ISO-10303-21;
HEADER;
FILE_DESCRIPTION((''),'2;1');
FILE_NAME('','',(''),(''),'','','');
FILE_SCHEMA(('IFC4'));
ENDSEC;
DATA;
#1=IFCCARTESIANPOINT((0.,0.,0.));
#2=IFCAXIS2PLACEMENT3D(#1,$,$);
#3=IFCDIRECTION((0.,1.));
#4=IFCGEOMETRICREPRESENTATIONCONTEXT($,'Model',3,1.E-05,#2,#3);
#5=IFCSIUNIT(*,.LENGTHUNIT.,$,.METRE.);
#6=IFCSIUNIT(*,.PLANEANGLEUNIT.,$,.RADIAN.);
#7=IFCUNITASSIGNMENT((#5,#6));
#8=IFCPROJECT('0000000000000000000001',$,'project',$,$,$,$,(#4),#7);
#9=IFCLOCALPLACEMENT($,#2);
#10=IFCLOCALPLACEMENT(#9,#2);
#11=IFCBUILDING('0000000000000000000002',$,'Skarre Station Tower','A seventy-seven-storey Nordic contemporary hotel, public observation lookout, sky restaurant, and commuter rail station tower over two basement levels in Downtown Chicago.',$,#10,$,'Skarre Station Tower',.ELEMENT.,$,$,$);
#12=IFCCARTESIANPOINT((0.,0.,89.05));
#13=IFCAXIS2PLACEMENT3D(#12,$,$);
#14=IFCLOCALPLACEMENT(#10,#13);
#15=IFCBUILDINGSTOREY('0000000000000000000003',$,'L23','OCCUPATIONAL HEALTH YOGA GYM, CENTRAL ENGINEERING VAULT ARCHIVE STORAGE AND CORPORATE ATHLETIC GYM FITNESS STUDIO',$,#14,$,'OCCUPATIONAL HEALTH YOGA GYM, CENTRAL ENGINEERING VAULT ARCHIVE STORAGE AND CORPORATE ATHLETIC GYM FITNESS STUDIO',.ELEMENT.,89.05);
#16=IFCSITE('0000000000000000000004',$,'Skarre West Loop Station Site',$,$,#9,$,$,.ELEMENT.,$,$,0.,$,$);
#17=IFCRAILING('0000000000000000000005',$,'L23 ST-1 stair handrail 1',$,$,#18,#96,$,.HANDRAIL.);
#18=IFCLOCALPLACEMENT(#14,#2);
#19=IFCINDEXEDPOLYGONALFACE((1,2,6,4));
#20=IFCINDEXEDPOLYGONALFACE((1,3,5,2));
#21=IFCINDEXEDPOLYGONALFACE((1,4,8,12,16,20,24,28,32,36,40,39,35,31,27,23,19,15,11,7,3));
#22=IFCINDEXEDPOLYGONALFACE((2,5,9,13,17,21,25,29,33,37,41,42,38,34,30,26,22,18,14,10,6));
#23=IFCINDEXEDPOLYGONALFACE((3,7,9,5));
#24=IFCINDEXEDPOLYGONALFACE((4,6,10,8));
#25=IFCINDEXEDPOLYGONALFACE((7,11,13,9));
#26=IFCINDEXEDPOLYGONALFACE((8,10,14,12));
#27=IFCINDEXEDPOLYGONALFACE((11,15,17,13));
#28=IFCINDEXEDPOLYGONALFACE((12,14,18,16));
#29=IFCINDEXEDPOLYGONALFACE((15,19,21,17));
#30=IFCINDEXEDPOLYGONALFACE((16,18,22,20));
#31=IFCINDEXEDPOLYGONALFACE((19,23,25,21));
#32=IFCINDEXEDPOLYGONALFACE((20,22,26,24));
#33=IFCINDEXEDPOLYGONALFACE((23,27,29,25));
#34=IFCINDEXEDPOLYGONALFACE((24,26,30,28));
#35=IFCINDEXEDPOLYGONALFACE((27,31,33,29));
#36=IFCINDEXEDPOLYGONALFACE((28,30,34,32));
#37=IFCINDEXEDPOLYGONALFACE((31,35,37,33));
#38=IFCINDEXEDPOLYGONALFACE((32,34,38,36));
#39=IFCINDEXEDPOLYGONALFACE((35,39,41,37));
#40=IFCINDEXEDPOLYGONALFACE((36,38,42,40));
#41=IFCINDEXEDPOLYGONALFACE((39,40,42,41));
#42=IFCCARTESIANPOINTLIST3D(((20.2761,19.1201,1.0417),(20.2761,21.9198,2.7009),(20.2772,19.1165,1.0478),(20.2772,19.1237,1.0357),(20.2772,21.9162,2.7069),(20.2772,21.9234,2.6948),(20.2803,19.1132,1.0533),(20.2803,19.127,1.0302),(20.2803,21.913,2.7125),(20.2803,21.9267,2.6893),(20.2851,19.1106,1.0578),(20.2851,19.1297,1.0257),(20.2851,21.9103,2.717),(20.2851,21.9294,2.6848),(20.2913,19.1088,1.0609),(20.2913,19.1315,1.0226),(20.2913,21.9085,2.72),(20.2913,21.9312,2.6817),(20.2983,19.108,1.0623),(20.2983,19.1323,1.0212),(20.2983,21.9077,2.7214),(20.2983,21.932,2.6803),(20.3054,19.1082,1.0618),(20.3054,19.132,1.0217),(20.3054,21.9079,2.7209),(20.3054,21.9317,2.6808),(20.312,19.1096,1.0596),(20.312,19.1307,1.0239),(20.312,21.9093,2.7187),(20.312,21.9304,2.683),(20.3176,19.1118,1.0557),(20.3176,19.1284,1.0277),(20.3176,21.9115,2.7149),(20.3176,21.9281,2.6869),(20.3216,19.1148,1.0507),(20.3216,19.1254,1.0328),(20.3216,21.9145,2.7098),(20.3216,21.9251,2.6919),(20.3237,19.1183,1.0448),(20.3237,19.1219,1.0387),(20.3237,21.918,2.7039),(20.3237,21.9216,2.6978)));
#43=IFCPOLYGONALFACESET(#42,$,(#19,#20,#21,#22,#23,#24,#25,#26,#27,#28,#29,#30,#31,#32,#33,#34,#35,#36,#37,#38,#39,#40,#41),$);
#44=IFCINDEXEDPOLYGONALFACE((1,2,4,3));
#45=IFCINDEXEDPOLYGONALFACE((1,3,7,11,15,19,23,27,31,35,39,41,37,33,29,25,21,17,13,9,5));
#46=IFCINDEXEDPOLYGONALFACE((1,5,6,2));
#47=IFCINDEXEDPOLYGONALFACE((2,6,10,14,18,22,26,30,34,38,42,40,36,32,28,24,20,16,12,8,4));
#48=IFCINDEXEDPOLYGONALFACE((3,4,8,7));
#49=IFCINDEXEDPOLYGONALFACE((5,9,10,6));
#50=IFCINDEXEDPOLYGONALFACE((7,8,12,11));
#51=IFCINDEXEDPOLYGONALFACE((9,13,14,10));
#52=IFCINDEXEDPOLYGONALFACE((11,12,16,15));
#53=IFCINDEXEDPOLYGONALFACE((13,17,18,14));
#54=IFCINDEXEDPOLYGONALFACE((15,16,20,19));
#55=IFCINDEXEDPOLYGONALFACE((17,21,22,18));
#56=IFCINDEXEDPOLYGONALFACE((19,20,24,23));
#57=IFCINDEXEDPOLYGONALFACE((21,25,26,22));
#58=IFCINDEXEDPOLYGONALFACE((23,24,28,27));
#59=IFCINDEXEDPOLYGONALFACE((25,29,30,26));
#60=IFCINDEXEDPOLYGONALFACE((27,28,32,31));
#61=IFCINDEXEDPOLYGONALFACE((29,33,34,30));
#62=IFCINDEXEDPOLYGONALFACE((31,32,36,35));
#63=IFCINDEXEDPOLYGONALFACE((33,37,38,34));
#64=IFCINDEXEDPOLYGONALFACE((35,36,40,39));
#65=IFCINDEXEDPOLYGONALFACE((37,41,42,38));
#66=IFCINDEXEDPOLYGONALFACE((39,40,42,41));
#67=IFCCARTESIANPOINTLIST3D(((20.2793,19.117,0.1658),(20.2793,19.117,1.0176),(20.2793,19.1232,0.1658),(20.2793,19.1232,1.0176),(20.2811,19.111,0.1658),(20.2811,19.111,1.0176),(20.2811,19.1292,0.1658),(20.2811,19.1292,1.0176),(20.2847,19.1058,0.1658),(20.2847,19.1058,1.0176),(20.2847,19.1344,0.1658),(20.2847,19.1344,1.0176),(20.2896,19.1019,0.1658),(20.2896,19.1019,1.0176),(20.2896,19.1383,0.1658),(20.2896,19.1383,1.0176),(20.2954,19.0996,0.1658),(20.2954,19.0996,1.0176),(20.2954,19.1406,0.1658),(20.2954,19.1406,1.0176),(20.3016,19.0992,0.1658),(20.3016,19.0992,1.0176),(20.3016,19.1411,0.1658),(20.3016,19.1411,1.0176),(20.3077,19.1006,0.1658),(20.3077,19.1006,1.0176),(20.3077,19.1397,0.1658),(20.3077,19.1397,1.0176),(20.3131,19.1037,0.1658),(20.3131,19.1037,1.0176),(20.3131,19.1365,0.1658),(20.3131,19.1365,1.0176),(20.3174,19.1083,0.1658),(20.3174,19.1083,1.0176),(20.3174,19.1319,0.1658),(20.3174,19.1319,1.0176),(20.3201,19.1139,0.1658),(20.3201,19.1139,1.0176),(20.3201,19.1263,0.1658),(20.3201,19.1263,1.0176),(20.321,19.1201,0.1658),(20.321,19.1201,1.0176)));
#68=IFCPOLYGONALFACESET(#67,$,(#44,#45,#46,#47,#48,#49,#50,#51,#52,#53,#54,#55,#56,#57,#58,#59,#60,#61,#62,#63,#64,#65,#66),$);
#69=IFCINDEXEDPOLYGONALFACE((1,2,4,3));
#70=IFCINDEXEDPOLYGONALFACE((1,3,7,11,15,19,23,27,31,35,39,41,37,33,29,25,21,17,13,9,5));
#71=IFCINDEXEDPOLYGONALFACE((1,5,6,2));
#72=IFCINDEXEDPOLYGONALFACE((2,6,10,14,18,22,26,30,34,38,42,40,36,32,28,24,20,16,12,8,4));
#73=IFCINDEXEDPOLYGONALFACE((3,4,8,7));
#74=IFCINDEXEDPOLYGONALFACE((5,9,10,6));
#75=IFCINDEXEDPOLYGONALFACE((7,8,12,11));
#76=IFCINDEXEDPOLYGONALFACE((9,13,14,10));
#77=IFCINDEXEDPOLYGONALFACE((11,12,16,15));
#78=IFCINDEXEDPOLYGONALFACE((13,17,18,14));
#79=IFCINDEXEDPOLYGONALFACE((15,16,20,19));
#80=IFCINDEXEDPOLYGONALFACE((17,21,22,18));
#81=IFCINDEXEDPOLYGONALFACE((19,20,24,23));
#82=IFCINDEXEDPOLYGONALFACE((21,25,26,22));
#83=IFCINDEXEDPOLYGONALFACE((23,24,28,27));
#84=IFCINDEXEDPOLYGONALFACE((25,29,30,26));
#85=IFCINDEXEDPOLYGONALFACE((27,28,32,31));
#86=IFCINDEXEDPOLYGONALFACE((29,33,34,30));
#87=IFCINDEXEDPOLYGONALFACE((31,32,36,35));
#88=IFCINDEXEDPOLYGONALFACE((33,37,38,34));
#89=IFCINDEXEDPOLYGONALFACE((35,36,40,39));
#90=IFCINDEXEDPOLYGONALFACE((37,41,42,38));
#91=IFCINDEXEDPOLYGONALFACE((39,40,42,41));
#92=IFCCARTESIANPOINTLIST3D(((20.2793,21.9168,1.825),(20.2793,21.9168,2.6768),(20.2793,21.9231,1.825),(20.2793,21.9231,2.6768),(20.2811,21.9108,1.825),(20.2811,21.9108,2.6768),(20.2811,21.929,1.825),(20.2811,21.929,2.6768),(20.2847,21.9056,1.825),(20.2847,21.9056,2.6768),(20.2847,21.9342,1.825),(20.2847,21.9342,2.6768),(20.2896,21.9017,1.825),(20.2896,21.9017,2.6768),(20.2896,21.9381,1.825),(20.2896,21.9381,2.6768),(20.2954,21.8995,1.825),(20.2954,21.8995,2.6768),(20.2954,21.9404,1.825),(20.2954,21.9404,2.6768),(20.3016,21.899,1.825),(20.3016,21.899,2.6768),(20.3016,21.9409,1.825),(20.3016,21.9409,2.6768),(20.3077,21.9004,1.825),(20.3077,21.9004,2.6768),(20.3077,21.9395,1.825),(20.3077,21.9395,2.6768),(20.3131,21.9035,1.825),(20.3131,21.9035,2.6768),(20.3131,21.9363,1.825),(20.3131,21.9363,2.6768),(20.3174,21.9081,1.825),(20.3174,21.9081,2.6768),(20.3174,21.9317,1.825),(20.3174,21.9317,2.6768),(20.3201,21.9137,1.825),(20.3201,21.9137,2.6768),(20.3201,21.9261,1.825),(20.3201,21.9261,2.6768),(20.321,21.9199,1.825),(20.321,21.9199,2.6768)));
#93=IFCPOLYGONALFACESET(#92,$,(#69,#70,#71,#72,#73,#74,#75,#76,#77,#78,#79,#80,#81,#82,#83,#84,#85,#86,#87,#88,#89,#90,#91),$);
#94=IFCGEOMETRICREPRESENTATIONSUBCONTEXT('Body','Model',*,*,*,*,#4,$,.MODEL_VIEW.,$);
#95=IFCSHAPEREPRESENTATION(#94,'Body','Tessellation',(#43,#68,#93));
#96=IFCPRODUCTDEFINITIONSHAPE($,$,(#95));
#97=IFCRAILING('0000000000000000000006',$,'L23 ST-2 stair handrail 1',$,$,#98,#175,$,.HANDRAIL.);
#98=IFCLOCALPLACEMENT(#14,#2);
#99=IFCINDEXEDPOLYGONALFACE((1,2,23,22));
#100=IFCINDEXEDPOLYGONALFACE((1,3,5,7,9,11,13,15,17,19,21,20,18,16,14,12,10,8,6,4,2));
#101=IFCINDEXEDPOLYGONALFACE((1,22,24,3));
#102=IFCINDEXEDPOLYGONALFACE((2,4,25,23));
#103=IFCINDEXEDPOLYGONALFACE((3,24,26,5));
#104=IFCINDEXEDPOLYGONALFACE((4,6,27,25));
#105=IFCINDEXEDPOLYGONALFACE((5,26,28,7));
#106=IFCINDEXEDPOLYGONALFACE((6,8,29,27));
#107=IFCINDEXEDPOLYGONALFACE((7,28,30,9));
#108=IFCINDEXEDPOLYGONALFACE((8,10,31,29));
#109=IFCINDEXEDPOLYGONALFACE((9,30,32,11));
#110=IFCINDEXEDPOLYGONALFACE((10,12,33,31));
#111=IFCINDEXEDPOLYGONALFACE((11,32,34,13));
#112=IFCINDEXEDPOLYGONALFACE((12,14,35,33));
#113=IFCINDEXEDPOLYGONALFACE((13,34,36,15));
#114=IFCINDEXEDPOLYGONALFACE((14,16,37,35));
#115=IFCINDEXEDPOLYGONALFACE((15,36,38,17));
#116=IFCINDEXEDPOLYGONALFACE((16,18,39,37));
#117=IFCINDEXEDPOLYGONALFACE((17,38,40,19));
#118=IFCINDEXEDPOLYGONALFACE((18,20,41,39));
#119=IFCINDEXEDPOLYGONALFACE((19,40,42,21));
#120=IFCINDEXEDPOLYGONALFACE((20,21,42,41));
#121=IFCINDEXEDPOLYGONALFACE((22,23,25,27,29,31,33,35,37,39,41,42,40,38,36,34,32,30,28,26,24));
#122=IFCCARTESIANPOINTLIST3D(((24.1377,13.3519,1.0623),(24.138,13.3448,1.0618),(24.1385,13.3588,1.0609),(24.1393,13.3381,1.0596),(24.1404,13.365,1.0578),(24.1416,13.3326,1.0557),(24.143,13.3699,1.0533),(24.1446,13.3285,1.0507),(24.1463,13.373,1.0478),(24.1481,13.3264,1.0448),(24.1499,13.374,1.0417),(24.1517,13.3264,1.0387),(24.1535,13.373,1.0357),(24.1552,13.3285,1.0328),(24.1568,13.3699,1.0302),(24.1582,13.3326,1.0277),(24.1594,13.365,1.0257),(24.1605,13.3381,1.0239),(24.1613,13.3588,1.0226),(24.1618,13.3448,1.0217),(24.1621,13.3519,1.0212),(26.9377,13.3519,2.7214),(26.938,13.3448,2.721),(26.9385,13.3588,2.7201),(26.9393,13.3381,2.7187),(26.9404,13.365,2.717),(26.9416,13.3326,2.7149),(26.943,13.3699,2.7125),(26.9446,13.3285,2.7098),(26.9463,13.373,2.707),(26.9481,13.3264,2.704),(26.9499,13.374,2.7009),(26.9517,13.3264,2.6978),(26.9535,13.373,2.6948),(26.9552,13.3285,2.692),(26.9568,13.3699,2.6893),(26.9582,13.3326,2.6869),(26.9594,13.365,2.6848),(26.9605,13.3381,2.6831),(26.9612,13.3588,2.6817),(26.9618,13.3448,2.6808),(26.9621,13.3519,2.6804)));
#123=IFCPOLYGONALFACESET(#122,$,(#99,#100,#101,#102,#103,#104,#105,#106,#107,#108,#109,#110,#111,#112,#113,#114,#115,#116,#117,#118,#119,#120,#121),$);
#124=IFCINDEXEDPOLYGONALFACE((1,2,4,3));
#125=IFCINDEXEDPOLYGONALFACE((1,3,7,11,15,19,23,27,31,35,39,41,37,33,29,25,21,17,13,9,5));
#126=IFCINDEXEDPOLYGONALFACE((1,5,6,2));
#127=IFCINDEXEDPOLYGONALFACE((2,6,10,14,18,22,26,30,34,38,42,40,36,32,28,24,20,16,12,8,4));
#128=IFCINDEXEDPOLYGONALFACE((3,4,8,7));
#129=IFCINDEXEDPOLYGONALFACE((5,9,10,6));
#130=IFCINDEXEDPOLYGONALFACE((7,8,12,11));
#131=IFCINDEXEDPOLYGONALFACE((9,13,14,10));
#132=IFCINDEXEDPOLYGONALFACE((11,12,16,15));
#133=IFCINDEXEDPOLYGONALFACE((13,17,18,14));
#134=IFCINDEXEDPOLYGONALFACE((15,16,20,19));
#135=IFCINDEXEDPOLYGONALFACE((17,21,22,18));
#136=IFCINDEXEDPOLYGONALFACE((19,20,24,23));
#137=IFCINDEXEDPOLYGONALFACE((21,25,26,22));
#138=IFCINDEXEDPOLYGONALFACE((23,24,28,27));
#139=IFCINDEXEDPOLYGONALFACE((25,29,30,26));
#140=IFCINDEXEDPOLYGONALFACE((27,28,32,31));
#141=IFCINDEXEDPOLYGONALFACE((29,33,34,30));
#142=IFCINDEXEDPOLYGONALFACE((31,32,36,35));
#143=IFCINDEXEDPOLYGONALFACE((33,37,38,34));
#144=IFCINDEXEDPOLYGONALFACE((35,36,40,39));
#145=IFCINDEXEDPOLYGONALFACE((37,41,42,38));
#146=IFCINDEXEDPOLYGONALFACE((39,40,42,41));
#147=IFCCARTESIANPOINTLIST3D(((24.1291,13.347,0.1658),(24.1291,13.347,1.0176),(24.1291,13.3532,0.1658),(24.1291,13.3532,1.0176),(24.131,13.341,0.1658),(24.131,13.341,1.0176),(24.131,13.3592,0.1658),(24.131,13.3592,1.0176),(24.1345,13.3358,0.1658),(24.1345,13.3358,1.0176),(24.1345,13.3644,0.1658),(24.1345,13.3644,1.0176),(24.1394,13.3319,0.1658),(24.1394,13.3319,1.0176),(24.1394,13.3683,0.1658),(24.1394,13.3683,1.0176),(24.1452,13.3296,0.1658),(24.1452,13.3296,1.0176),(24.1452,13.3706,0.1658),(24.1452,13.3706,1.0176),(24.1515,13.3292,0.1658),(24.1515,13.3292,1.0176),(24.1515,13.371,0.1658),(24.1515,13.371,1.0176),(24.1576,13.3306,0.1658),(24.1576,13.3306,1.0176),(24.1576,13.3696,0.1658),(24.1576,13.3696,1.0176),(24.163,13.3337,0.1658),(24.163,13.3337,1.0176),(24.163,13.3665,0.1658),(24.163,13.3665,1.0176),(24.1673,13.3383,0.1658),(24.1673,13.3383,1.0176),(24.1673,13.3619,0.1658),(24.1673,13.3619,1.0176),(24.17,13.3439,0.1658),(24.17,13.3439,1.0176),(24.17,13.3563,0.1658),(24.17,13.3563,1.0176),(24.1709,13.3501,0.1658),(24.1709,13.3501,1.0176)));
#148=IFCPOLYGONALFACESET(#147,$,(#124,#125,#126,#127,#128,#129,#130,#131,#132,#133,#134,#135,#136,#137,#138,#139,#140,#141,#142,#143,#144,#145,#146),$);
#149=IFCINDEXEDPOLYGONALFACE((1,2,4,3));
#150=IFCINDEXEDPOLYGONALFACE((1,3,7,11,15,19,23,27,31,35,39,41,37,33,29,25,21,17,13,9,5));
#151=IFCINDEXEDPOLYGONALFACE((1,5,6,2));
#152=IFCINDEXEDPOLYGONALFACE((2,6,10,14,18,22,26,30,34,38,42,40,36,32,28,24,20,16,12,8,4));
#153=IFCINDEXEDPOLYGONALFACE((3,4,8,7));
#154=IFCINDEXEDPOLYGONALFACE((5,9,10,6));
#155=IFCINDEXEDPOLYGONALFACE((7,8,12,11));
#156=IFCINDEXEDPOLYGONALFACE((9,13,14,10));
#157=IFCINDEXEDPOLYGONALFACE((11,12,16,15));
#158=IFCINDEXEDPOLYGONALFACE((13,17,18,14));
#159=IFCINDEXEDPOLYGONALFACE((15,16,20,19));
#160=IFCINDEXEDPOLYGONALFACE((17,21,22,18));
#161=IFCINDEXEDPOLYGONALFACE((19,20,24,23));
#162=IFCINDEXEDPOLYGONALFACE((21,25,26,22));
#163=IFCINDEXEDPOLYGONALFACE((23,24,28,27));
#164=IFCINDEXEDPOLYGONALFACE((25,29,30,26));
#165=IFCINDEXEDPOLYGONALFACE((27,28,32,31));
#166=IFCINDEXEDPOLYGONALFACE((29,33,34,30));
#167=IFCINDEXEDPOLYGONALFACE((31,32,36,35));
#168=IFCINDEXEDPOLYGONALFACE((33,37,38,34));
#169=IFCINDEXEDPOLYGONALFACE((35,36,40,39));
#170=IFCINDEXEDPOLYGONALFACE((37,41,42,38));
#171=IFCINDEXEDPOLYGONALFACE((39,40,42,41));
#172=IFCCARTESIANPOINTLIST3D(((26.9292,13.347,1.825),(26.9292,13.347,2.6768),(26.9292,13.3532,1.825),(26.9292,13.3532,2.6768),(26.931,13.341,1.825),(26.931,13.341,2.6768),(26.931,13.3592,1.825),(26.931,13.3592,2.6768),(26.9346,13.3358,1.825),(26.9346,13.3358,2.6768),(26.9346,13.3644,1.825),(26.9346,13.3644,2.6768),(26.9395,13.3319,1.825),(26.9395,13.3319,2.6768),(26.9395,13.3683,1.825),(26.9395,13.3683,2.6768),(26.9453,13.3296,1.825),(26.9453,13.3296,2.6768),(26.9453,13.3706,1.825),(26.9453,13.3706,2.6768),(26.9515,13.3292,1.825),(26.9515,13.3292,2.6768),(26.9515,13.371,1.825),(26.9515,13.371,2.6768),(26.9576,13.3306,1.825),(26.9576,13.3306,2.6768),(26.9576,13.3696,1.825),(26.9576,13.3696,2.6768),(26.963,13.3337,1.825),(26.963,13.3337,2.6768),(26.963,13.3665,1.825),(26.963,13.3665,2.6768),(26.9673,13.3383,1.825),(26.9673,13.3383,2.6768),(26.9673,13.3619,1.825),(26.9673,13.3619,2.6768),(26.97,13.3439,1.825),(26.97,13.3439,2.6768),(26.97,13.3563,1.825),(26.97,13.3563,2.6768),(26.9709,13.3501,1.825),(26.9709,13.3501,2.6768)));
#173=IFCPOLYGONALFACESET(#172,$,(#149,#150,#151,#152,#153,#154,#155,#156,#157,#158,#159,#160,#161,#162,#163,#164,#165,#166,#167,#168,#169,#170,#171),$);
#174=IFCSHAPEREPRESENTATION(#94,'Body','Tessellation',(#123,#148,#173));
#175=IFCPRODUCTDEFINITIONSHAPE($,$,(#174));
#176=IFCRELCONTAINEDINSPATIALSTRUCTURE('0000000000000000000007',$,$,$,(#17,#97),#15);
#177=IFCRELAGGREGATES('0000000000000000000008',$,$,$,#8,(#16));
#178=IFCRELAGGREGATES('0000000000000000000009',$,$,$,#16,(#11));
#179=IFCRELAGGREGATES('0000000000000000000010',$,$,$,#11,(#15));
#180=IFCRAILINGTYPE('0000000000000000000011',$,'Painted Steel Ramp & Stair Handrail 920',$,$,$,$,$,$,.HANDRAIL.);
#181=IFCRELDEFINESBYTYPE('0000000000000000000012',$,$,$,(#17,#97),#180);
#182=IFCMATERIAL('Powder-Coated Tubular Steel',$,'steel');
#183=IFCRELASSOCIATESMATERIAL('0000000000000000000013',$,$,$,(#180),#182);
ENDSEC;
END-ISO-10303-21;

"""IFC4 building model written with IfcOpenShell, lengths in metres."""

from ifc_helpers import new_model, si_unit, direction, frame, origin, origin_2d, place, context, subcontext, project, spatial, circle, extrude, material, type_object, element, save


model = new_model("IFC4")

# Units and contexts
model_context = context("Model", 3, precision=1e-05, world=origin(), true_north=direction((0.0, 1.0)))
body_context = subcontext(model_context, "Body", "Model", "MODEL_VIEW")
ifc_project = project(units=[si_unit("LENGTHUNIT", "METRE"), si_unit("PLANEANGLEUNIT", "RADIAN")], contexts=[model_context])

# Site, building, storey
site_placement = place(None, origin())
site = spatial("IfcSite", under=ifc_project, at=site_placement, Name="Skarre West Loop Station Site", CompositionType="ELEMENT", RefElevation=0.0)
building_placement = place(site_placement, origin())
building = spatial("IfcBuilding", under=site, at=building_placement, Name="Skarre Station Tower", Description="A seventy-seven-storey Nordic contemporary hotel, public observation lookout, sky restaurant, and commuter rail station tower over two basement levels in Downtown Chicago.", LongName="Skarre Station Tower", CompositionType="ELEMENT")
storey_placement = place(building_placement, frame((0.0, 0.0, 89.05)))
storey = spatial("IfcBuildingStorey", under=building, at=storey_placement, Name="L23", Description="OCCUPATIONAL HEALTH YOGA GYM, CENTRAL ENGINEERING VAULT ARCHIVE STORAGE AND CORPORATE ATHLETIC GYM FITNESS STUDIO", LongName="OCCUPATIONAL HEALTH YOGA GYM, CENTRAL ENGINEERING VAULT ARCHIVE STORAGE AND CORPORATE ATHLETIC GYM FITNESS STUDIO", CompositionType="ELEMENT", Elevation=89.05)

# Railings
ifc_material_1 = material(Name="Powder-Coated Tubular Steel", Category="steel")
railing_type_1 = type_object("IfcRailingType", Name="Painted Steel Ramp & Stair Handrail 920", PredefinedType="HANDRAIL", material=ifc_material_1)
railing_1_placement = place(storey_placement, frame((20.3, 19.1201, 0.1658)))
element("IfcRailing", 1, at=railing_1_placement, inside=storey, type_object=railing_type_1, Name="L23 ST-1 stair handrail 1", PredefinedType="HANDRAIL", context=body_context, shape_type="SweptSolid", body=[
    extrude(circle(Radius=0.0239, at=origin_2d()), frame((0.0, 0.0, 0.876), z_axis=(0.0, 0.860287, 0.509811), x_axis=(-1.0, 0.0, 0.0)), (0.0, 0.0, 1.0), 3.2544),
    extrude(circle(Radius=0.021, at=origin_2d()), origin(), (0.0, 0.0, 1.0), 0.8518),
    extrude(circle(Radius=0.021, at=origin_2d()), frame((0.0, 2.7998, 1.6592)), (0.0, 0.0, 1.0), 0.8518),
])
railing_2_placement = place(storey_placement, frame((24.1499, 13.3501, 0.1658)))
element("IfcRailing", 2, at=railing_2_placement, inside=storey, type_object=railing_type_1, Name="L23 ST-2 stair handrail 1", PredefinedType="HANDRAIL", context=body_context, shape_type="SweptSolid", body=[
    extrude(circle(Radius=0.0239, at=origin_2d()), frame((0.0, 0.0, 0.876), z_axis=(0.860306, 0.0, 0.509778), x_axis=(0.0, 1.0, 0.0)), (0.0, 0.0, 1.0), 3.2546),
    extrude(circle(Radius=0.021, at=origin_2d()), origin(), (0.0, 0.0, 1.0), 0.8518),
    extrude(circle(Radius=0.021, at=origin_2d()), frame((2.8, 0.0, 1.6592)), (0.0, 0.0, 1.0), 0.8518),
])

save(model, "model.ifc")
